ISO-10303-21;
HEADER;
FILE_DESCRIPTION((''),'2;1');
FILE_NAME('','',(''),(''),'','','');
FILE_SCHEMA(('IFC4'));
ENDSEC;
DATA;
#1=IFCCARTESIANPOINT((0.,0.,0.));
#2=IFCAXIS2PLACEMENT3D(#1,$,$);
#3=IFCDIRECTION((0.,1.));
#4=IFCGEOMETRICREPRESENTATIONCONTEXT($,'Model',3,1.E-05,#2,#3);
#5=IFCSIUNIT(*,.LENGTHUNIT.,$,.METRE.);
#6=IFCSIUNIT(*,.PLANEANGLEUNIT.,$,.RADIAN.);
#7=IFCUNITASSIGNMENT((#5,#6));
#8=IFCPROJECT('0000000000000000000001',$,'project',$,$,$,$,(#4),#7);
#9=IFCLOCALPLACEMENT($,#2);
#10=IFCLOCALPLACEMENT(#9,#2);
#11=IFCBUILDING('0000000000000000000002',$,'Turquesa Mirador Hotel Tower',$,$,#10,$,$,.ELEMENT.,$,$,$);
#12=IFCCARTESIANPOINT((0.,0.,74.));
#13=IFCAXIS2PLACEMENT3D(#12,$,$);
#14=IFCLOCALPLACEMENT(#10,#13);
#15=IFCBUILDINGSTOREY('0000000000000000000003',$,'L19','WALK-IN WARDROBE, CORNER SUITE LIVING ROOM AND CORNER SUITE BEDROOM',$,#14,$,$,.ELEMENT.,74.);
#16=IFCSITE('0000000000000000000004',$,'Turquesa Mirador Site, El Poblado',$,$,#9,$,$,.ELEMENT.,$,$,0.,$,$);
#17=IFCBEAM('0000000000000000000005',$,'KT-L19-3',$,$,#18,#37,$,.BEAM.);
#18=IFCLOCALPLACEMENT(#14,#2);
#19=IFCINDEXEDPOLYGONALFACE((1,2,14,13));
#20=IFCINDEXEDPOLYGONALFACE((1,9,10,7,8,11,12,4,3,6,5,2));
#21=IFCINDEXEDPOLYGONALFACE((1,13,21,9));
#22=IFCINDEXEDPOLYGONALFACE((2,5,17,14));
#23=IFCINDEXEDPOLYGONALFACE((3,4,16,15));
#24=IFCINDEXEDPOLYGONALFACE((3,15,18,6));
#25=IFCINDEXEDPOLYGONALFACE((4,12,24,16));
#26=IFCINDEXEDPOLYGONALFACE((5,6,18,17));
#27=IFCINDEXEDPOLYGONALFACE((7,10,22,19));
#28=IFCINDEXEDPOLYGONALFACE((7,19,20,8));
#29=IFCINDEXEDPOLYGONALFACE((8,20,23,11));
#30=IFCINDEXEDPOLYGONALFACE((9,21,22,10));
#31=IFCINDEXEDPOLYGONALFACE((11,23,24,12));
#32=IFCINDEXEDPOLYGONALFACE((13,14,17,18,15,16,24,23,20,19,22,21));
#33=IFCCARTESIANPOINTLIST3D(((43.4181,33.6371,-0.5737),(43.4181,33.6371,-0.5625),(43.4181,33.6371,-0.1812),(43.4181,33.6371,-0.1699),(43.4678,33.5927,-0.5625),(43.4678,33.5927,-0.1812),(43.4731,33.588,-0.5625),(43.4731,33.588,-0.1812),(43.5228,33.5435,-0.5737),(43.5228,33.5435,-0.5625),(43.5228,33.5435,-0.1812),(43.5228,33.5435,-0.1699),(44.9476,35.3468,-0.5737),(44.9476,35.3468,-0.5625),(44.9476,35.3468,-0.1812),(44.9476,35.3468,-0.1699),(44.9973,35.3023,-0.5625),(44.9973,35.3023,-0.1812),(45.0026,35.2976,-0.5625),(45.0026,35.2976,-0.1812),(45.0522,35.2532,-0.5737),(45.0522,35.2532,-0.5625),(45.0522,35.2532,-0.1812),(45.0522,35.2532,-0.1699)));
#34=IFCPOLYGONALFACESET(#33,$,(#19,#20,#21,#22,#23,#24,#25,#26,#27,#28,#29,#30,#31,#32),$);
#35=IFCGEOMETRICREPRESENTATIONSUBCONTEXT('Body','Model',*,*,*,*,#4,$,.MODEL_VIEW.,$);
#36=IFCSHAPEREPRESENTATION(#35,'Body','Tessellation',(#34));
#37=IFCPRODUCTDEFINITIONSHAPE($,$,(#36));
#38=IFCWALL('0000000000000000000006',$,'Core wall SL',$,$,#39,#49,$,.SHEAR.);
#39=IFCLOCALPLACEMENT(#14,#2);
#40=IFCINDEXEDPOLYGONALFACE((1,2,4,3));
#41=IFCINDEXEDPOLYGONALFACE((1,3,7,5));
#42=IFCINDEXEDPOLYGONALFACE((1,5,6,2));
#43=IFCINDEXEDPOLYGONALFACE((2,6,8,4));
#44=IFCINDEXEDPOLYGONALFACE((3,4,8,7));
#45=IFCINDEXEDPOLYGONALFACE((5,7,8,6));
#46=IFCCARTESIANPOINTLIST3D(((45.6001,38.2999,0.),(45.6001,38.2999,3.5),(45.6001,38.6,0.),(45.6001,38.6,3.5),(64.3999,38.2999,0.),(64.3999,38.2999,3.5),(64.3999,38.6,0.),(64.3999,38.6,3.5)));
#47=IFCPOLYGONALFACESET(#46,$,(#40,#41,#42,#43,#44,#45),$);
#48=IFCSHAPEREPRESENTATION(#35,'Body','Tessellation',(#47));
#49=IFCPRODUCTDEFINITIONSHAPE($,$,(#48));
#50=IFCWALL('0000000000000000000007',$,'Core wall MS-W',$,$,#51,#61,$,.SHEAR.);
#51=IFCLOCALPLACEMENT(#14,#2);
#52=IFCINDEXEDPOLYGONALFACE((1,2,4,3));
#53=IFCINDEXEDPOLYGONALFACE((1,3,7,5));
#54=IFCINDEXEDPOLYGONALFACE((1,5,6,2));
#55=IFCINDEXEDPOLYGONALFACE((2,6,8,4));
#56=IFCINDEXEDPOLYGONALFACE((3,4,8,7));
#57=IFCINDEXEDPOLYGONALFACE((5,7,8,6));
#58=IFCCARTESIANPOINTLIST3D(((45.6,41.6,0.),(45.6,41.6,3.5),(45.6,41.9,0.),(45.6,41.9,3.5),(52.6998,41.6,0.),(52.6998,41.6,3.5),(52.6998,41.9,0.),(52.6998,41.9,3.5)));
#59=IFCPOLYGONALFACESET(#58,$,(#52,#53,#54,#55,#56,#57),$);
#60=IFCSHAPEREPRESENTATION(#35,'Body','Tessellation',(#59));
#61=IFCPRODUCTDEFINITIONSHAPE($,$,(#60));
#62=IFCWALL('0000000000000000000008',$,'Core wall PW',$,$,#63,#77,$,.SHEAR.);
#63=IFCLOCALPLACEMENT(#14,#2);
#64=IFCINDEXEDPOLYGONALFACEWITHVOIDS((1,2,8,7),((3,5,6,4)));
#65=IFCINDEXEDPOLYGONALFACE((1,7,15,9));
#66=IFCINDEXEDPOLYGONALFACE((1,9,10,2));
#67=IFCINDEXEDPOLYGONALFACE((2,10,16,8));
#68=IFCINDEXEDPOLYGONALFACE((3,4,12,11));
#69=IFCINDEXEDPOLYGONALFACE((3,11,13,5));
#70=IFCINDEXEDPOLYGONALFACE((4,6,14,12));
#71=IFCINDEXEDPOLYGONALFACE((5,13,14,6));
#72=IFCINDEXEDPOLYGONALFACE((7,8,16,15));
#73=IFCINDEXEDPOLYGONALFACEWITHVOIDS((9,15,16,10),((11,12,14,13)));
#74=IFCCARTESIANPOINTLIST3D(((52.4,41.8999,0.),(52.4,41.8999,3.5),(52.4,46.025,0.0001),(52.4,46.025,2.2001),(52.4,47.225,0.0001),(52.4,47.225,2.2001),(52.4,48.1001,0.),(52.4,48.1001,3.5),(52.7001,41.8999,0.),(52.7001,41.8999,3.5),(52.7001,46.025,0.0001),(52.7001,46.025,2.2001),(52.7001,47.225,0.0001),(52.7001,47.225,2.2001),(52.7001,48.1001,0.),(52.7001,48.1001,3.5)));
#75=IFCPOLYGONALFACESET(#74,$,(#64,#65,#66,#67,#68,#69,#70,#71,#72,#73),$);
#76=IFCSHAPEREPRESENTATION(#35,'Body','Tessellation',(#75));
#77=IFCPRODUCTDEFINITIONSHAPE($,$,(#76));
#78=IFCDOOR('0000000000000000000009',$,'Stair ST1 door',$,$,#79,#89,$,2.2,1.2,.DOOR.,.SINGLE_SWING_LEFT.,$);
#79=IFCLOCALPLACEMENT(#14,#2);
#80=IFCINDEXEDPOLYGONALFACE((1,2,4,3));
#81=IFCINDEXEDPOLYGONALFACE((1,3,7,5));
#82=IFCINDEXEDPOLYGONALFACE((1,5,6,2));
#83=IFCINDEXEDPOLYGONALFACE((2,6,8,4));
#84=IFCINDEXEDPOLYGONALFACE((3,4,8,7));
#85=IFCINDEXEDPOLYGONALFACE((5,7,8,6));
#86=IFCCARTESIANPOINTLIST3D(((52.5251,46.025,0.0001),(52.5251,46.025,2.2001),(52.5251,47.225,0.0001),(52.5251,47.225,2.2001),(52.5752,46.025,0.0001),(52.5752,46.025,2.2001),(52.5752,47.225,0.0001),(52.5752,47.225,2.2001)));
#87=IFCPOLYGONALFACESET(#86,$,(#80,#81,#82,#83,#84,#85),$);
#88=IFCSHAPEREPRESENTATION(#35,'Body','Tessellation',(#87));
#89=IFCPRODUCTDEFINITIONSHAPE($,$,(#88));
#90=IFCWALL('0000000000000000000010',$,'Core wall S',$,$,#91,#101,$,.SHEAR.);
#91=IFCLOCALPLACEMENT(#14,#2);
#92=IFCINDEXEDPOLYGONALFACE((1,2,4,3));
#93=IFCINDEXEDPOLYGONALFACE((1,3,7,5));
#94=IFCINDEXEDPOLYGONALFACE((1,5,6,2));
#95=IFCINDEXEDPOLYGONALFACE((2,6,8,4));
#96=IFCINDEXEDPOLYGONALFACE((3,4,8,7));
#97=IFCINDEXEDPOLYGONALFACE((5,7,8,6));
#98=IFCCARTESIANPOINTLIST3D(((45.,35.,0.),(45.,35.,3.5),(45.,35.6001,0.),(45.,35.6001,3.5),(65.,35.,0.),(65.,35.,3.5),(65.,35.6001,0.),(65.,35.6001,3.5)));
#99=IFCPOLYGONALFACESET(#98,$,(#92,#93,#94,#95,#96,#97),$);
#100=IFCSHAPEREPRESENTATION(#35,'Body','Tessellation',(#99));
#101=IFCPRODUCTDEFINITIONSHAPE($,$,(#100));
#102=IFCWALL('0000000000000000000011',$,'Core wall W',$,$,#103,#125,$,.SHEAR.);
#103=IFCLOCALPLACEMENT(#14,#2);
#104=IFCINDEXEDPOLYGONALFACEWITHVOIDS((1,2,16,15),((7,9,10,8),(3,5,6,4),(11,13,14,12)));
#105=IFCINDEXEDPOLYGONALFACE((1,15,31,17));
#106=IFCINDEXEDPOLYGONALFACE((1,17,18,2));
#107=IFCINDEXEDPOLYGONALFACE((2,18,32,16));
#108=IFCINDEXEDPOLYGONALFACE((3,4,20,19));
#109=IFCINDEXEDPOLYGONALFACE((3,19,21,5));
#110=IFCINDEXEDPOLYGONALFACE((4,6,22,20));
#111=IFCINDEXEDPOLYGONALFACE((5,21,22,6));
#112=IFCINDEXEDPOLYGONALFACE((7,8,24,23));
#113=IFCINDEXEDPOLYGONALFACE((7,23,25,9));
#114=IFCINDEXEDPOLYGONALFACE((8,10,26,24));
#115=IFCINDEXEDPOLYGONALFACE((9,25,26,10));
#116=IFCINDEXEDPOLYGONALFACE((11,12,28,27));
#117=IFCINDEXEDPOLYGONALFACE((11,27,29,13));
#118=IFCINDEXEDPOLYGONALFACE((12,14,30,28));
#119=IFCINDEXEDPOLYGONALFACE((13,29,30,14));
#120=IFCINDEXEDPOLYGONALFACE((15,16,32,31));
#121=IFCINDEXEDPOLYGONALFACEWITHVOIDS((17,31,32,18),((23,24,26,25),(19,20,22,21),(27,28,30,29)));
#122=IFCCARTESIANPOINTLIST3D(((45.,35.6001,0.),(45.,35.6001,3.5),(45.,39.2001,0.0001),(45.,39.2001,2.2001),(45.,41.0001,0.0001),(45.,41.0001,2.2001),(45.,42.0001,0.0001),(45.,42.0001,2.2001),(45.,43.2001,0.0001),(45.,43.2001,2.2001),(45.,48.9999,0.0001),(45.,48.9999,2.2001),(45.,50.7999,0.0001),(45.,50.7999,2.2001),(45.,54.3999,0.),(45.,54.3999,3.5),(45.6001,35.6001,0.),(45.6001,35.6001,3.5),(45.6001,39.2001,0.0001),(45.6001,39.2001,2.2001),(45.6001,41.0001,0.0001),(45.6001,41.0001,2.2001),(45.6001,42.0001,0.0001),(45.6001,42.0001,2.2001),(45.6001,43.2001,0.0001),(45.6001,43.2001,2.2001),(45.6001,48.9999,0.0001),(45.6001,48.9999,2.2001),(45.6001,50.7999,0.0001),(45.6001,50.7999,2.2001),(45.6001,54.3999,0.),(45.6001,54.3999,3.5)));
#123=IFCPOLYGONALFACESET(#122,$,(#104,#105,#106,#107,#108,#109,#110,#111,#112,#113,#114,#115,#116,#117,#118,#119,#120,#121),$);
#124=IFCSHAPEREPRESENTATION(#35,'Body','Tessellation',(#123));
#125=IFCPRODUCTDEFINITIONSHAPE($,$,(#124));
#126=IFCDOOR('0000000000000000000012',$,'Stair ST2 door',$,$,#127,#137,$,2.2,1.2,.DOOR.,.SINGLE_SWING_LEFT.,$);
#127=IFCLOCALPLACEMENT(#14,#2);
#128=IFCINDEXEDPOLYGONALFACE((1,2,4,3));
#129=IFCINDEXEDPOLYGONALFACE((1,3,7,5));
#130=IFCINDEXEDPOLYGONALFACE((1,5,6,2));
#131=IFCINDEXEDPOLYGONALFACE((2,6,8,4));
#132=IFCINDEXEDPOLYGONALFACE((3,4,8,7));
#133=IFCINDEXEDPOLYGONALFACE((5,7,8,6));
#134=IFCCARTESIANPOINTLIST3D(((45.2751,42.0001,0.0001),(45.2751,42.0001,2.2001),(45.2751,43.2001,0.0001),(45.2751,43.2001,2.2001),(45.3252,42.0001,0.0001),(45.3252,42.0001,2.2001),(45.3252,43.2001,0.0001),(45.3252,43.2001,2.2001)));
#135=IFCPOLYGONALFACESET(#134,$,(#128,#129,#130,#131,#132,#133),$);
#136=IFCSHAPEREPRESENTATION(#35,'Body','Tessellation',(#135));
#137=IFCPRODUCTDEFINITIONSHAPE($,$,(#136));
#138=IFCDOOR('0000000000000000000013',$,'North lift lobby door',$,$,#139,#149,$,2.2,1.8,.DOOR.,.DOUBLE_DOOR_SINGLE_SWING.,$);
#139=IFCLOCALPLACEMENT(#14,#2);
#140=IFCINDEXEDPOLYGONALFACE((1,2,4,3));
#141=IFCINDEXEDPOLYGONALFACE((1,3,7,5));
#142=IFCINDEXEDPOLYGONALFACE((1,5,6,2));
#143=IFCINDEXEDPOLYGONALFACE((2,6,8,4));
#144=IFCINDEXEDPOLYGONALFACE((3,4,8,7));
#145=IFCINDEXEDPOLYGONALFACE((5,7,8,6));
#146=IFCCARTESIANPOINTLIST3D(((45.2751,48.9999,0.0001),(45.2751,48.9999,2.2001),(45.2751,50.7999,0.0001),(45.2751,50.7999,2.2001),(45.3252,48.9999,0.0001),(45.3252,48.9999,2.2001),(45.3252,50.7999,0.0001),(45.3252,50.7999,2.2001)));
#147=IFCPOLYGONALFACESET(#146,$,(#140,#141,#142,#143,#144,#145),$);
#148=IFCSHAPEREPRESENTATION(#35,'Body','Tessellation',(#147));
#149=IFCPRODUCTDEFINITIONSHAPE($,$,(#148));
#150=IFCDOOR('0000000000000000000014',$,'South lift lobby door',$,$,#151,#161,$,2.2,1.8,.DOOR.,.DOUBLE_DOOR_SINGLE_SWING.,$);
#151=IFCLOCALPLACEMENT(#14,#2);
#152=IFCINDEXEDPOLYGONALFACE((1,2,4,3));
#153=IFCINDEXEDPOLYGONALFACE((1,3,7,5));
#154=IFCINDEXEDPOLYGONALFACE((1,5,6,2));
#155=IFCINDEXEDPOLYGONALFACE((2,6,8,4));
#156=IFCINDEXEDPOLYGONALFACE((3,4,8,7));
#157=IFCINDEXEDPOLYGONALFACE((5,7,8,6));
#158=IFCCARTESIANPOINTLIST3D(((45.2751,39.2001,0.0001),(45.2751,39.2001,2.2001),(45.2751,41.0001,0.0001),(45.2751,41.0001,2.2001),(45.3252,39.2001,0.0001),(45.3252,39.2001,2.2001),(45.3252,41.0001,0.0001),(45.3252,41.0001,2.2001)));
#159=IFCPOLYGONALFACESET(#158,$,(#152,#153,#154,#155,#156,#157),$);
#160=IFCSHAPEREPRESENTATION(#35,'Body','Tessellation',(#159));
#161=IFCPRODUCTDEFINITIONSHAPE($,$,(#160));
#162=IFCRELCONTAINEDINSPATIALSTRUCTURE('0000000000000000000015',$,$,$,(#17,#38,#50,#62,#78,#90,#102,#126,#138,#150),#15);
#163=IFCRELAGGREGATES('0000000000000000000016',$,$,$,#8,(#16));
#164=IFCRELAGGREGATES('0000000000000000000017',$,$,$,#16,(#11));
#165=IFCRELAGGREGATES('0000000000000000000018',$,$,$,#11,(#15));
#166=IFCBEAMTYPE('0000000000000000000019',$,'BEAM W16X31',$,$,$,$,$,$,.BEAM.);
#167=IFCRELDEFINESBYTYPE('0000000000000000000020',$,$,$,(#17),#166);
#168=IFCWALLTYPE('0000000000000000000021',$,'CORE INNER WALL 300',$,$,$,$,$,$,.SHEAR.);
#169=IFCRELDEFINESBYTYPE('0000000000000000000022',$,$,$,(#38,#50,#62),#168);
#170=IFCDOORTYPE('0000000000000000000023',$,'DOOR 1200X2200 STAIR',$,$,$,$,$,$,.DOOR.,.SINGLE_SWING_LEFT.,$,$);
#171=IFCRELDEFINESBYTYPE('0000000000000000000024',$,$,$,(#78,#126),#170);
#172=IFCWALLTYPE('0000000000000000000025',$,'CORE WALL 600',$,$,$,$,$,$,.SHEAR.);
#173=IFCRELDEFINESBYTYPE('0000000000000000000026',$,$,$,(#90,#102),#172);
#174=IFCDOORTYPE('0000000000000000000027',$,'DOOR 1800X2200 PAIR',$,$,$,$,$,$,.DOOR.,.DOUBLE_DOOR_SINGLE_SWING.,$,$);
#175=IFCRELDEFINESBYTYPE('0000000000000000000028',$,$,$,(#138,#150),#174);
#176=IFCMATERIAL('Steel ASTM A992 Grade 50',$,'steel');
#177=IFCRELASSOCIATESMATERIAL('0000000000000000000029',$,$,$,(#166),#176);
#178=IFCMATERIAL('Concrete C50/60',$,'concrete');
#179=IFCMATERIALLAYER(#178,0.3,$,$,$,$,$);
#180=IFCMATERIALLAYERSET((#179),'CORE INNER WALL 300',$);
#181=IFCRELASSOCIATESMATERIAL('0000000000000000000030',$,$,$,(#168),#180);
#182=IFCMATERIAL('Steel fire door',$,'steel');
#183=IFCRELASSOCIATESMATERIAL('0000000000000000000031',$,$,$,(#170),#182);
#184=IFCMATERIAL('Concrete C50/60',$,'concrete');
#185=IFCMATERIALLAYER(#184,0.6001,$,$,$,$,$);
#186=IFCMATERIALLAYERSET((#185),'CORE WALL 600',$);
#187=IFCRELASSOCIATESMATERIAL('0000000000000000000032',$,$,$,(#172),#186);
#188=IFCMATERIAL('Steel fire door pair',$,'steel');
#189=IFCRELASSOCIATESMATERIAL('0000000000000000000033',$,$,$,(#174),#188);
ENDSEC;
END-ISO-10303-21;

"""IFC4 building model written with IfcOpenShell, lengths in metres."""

from ifc_helpers import new_model, si_unit, direction, frame, frame_2d, origin, origin_2d, place, context, subcontext, project, spatial, rectangle, i_section, extrude, material, layer, layer_set, material_profile, profile_set, type_object, element, fill, save


model = new_model("IFC4")

# Units and contexts
model_context = context("Model", 3, precision=1e-05, world=origin(), true_north=direction((0.0, 1.0)))
body_context = subcontext(model_context, "Body", "Model", "MODEL_VIEW")
ifc_project = project(units=[si_unit("LENGTHUNIT", "METRE"), si_unit("PLANEANGLEUNIT", "RADIAN")], contexts=[model_context])

# Site, building, storey
site_placement = place(None, origin())
site = spatial("IfcSite", under=ifc_project, at=site_placement, Name="Turquesa Mirador Site, El Poblado", CompositionType="ELEMENT", RefElevation=0.0)
building_placement = place(site_placement, origin())
building = spatial("IfcBuilding", under=site, at=building_placement, Name="Turquesa Mirador Hotel Tower", CompositionType="ELEMENT")
storey_placement = place(building_placement, frame((0.0, 0.0, 74.0)))
storey = spatial("IfcBuildingStorey", under=building, at=storey_placement, Name="L19", Description="WALK-IN WARDROBE, CORNER SUITE LIVING ROOM AND CORNER SUITE BEDROOM", CompositionType="ELEMENT", Elevation=74.0)

# Beam
ifc_material_1 = material(Name="Steel ASTM A992 Grade 50", Category="steel")
ifc_material_profile = material_profile(ifc_material_1, i_section(OverallWidth=0.1404, OverallDepth=0.4038, WebThickness=0.0071, FlangeThickness=0.0112, at=origin_2d()), Name="W16X31")
ifc_profile_set = profile_set([ifc_material_profile], Name="Steel ASTM A992 Grade 50")
beam_type = type_object("IfcBeamType", Name="BEAM W16X31", PredefinedType="BEAM", material=ifc_profile_set)
beam_placement = place(storey_placement, frame((43.4705, 33.5903, -0.3718), z_axis=(0.666745, 0.745286, 0.0), x_axis=(-0.745286, 0.666745, 0.0)))
element("IfcBeam", 1, at=beam_placement, inside=storey, type_object=beam_type, Name="KT-L19-3", PredefinedType="BEAM", context=body_context, shape_type="SweptSolid", body=[
    extrude(i_section(OverallWidth=0.1404, OverallDepth=0.4038, WebThickness=0.0071, FlangeThickness=0.0112, at=origin_2d()), origin(), (0.0, 0.0, 1.0), 2.2939),
])

# Walls
ifc_material_2 = material(Name="Concrete C50/60", Category="concrete")
ifc_layer_1 = layer(ifc_material_2, 0.3)
ifc_layer_set_1 = layer_set([ifc_layer_1], Name="CORE INNER WALL 300")
wall_type_1 = type_object("IfcWallType", Name="CORE INNER WALL 300", PredefinedType="SHEAR", material=ifc_layer_set_1)
wall_1_placement = place(storey_placement, frame((45.6001, 38.45, 0.0), z_axis=(0.0, 0.0, 1.0), x_axis=(1.0, 0.0, 0.0)))
element("IfcWall", 2, at=wall_1_placement, inside=storey, type_object=wall_type_1, Name="Core wall SL", PredefinedType="SHEAR", context=body_context, shape_type="SweptSolid", body=[
    extrude(rectangle(XDim=18.7998, YDim=0.3, at=frame_2d((9.3999, 0.0))), origin(), (0.0, 0.0, 1.0), 3.5),
])
wall_2_placement = place(storey_placement, frame((45.6001, 41.75, 0.0), z_axis=(0.0, 0.0, 1.0), x_axis=(1.0, 0.0, 0.0)))
element("IfcWall", 3, at=wall_2_placement, inside=storey, type_object=wall_type_1, Name="Core wall MS-W", PredefinedType="SHEAR", context=body_context, shape_type="SweptSolid", body=[
    extrude(rectangle(XDim=7.0999, YDim=0.3, at=frame_2d((3.5498, 0.0))), origin(), (0.0, 0.0, 1.0), 3.5),
])

# Wall, opening, door
wall_3_placement = place(storey_placement, frame((52.55, 41.8999, 0.0), z_axis=(0.0, 0.0, 1.0), x_axis=(0.0, 1.0, 0.0)))
wall_3 = element("IfcWall", 4, at=wall_3_placement, inside=storey, type_object=wall_type_1, Name="Core wall PW", PredefinedType="SHEAR", context=body_context, shape_type="SweptSolid", body=[
    extrude(rectangle(XDim=6.2002, YDim=0.3, at=frame_2d((3.1001, 0.0))), origin(), (0.0, 0.0, 1.0), 3.5),
])
opening_1_placement = place(wall_3_placement, frame((4.125, 0.0, 0.0)))
opening_1 = element("IfcOpeningElement", 5, at=opening_1_placement, cuts=wall_3, PredefinedType="OPENING", context=body_context, shape_type="SweptSolid", body=[
    extrude(rectangle(XDim=1.2, YDim=2.2, at=frame_2d((0.6001, 1.1001))), frame((0.0, 0.1599, 0.0), z_axis=(0.0, -1.0, 0.0), x_axis=(1.0, 0.0, 0.0)), (0.0, 0.0, 1.0), 0.3201),
])
ifc_material_3 = material(Name="Steel fire door", Category="steel")
door_type_1 = type_object("IfcDoorType", Name="DOOR 1200X2200 STAIR", OperationType="SINGLE_SWING_LEFT", PredefinedType="DOOR", material=ifc_material_3)
door_1_placement = place(opening_1_placement, origin())
door_1 = element("IfcDoor", 6, at=door_1_placement, inside=storey, type_object=door_type_1, Name="Stair ST1 door", OperationType="SINGLE_SWING_LEFT", OverallHeight=2.2, OverallWidth=1.2, PredefinedType="DOOR", context=body_context, shape_type="SweptSolid", body=[
    extrude(rectangle(XDim=1.2, YDim=2.2, at=frame_2d((0.6001, 1.1001))), frame((0.0, 0.0249, 0.0), z_axis=(0.0, -1.0, 0.0), x_axis=(1.0, 0.0, 0.0)), (0.0, 0.0, 1.0), 0.05),
])
fill(opening_1, door_1)

# Wall
ifc_material_4 = material(Name="Concrete C50/60", Category="concrete")
ifc_layer_2 = layer(ifc_material_4, 0.6001)
ifc_layer_set_2 = layer_set([ifc_layer_2], Name="CORE WALL 600")
wall_type_2 = type_object("IfcWallType", Name="CORE WALL 600", PredefinedType="SHEAR", material=ifc_layer_set_2)
wall_4_placement = place(storey_placement, frame((45.0, 35.3, 0.0), z_axis=(0.0, 0.0, 1.0), x_axis=(1.0, 0.0, 0.0)))
element("IfcWall", 7, at=wall_4_placement, inside=storey, type_object=wall_type_2, Name="Core wall S", PredefinedType="SHEAR", context=body_context, shape_type="SweptSolid", body=[
    extrude(rectangle(XDim=20.0, YDim=0.6001, at=frame_2d((10.0, 0.0))), origin(), (0.0, 0.0, 1.0), 3.5),
])

# Wall, openings, doors
wall_5_placement = place(storey_placement, frame((45.3, 35.6001, 0.0), z_axis=(0.0, 0.0, 1.0), x_axis=(0.0, 1.0, 0.0)))
wall_5 = element("IfcWall", 8, at=wall_5_placement, inside=storey, type_object=wall_type_2, Name="Core wall W", PredefinedType="SHEAR", context=body_context, shape_type="SweptSolid", body=[
    extrude(rectangle(XDim=18.7998, YDim=0.6001, at=frame_2d((9.3999, 0.0))), origin(), (0.0, 0.0, 1.0), 3.5),
])
opening_2_placement = place(wall_5_placement, frame((13.3999, 0.0, 0.0)))
opening_2 = element("IfcOpeningElement", 9, at=opening_2_placement, cuts=wall_5, PredefinedType="OPENING", context=body_context, shape_type="SweptSolid", body=[
    extrude(rectangle(XDim=1.8, YDim=2.2, at=frame_2d((0.8999, 1.1001))), frame((0.0, 0.3101, 0.0), z_axis=(0.0, -1.0, 0.0), x_axis=(1.0, 0.0, 0.0)), (0.0, 0.0, 1.0), 0.6201),
])
opening_3_placement = place(wall_5_placement, frame((3.6001, 0.0, 0.0)))
opening_3 = element("IfcOpeningElement", 10, at=opening_3_placement, cuts=wall_5, PredefinedType="OPENING", context=body_context, shape_type="SweptSolid", body=[
    extrude(rectangle(XDim=1.8, YDim=2.2, at=frame_2d((0.8999, 1.1001))), frame((0.0, 0.3101, 0.0), z_axis=(0.0, -1.0, 0.0), x_axis=(1.0, 0.0, 0.0)), (0.0, 0.0, 1.0), 0.6201),
])
opening_4_placement = place(wall_5_placement, frame((6.3999, 0.0, 0.0)))
opening_4 = element("IfcOpeningElement", 11, at=opening_4_placement, cuts=wall_5, PredefinedType="OPENING", context=body_context, shape_type="SweptSolid", body=[
    extrude(rectangle(XDim=1.2, YDim=2.2, at=frame_2d((0.6001, 1.1001))), frame((0.0, 0.3101, 0.0), z_axis=(0.0, -1.0, 0.0), x_axis=(1.0, 0.0, 0.0)), (0.0, 0.0, 1.0), 0.6201),
])
door_2_placement = place(opening_4_placement, origin())
door_2 = element("IfcDoor", 12, at=door_2_placement, inside=storey, type_object=door_type_1, Name="Stair ST2 door", OperationType="SINGLE_SWING_LEFT", OverallHeight=2.2, OverallWidth=1.2, PredefinedType="DOOR", context=body_context, shape_type="SweptSolid", body=[
    extrude(rectangle(XDim=1.2, YDim=2.2, at=frame_2d((0.6001, 1.1001))), frame((0.0, 0.0249, 0.0), z_axis=(0.0, -1.0, 0.0), x_axis=(1.0, 0.0, 0.0)), (0.0, 0.0, 1.0), 0.05),
])
fill(opening_4, door_2)
ifc_material_5 = material(Name="Steel fire door pair", Category="steel")
door_type_2 = type_object("IfcDoorType", Name="DOOR 1800X2200 PAIR", OperationType="DOUBLE_DOOR_SINGLE_SWING", PredefinedType="DOOR", material=ifc_material_5)
door_3_placement = place(opening_2_placement, origin())
door_3 = element("IfcDoor", 13, at=door_3_placement, inside=storey, type_object=door_type_2, Name="North lift lobby door", OperationType="DOUBLE_DOOR_SINGLE_SWING", OverallHeight=2.2, OverallWidth=1.8, PredefinedType="DOOR", context=body_context, shape_type="SweptSolid", body=[
    extrude(rectangle(XDim=1.8, YDim=2.2, at=frame_2d((0.8999, 1.1001))), frame((0.0, 0.0249, 0.0), z_axis=(0.0, -1.0, 0.0), x_axis=(1.0, 0.0, 0.0)), (0.0, 0.0, 1.0), 0.05),
])
fill(opening_2, door_3)
door_4_placement = place(opening_3_placement, origin())
door_4 = element("IfcDoor", 14, at=door_4_placement, inside=storey, type_object=door_type_2, Name="South lift lobby door", OperationType="DOUBLE_DOOR_SINGLE_SWING", OverallHeight=2.2, OverallWidth=1.8, PredefinedType="DOOR", context=body_context, shape_type="SweptSolid", body=[
    extrude(rectangle(XDim=1.8, YDim=2.2, at=frame_2d((0.8999, 1.1001))), frame((0.0, 0.0249, 0.0), z_axis=(0.0, -1.0, 0.0), x_axis=(1.0, 0.0, 0.0)), (0.0, 0.0, 1.0), 0.05),
])
fill(opening_3, door_4)

save(model, "model.ifc")
